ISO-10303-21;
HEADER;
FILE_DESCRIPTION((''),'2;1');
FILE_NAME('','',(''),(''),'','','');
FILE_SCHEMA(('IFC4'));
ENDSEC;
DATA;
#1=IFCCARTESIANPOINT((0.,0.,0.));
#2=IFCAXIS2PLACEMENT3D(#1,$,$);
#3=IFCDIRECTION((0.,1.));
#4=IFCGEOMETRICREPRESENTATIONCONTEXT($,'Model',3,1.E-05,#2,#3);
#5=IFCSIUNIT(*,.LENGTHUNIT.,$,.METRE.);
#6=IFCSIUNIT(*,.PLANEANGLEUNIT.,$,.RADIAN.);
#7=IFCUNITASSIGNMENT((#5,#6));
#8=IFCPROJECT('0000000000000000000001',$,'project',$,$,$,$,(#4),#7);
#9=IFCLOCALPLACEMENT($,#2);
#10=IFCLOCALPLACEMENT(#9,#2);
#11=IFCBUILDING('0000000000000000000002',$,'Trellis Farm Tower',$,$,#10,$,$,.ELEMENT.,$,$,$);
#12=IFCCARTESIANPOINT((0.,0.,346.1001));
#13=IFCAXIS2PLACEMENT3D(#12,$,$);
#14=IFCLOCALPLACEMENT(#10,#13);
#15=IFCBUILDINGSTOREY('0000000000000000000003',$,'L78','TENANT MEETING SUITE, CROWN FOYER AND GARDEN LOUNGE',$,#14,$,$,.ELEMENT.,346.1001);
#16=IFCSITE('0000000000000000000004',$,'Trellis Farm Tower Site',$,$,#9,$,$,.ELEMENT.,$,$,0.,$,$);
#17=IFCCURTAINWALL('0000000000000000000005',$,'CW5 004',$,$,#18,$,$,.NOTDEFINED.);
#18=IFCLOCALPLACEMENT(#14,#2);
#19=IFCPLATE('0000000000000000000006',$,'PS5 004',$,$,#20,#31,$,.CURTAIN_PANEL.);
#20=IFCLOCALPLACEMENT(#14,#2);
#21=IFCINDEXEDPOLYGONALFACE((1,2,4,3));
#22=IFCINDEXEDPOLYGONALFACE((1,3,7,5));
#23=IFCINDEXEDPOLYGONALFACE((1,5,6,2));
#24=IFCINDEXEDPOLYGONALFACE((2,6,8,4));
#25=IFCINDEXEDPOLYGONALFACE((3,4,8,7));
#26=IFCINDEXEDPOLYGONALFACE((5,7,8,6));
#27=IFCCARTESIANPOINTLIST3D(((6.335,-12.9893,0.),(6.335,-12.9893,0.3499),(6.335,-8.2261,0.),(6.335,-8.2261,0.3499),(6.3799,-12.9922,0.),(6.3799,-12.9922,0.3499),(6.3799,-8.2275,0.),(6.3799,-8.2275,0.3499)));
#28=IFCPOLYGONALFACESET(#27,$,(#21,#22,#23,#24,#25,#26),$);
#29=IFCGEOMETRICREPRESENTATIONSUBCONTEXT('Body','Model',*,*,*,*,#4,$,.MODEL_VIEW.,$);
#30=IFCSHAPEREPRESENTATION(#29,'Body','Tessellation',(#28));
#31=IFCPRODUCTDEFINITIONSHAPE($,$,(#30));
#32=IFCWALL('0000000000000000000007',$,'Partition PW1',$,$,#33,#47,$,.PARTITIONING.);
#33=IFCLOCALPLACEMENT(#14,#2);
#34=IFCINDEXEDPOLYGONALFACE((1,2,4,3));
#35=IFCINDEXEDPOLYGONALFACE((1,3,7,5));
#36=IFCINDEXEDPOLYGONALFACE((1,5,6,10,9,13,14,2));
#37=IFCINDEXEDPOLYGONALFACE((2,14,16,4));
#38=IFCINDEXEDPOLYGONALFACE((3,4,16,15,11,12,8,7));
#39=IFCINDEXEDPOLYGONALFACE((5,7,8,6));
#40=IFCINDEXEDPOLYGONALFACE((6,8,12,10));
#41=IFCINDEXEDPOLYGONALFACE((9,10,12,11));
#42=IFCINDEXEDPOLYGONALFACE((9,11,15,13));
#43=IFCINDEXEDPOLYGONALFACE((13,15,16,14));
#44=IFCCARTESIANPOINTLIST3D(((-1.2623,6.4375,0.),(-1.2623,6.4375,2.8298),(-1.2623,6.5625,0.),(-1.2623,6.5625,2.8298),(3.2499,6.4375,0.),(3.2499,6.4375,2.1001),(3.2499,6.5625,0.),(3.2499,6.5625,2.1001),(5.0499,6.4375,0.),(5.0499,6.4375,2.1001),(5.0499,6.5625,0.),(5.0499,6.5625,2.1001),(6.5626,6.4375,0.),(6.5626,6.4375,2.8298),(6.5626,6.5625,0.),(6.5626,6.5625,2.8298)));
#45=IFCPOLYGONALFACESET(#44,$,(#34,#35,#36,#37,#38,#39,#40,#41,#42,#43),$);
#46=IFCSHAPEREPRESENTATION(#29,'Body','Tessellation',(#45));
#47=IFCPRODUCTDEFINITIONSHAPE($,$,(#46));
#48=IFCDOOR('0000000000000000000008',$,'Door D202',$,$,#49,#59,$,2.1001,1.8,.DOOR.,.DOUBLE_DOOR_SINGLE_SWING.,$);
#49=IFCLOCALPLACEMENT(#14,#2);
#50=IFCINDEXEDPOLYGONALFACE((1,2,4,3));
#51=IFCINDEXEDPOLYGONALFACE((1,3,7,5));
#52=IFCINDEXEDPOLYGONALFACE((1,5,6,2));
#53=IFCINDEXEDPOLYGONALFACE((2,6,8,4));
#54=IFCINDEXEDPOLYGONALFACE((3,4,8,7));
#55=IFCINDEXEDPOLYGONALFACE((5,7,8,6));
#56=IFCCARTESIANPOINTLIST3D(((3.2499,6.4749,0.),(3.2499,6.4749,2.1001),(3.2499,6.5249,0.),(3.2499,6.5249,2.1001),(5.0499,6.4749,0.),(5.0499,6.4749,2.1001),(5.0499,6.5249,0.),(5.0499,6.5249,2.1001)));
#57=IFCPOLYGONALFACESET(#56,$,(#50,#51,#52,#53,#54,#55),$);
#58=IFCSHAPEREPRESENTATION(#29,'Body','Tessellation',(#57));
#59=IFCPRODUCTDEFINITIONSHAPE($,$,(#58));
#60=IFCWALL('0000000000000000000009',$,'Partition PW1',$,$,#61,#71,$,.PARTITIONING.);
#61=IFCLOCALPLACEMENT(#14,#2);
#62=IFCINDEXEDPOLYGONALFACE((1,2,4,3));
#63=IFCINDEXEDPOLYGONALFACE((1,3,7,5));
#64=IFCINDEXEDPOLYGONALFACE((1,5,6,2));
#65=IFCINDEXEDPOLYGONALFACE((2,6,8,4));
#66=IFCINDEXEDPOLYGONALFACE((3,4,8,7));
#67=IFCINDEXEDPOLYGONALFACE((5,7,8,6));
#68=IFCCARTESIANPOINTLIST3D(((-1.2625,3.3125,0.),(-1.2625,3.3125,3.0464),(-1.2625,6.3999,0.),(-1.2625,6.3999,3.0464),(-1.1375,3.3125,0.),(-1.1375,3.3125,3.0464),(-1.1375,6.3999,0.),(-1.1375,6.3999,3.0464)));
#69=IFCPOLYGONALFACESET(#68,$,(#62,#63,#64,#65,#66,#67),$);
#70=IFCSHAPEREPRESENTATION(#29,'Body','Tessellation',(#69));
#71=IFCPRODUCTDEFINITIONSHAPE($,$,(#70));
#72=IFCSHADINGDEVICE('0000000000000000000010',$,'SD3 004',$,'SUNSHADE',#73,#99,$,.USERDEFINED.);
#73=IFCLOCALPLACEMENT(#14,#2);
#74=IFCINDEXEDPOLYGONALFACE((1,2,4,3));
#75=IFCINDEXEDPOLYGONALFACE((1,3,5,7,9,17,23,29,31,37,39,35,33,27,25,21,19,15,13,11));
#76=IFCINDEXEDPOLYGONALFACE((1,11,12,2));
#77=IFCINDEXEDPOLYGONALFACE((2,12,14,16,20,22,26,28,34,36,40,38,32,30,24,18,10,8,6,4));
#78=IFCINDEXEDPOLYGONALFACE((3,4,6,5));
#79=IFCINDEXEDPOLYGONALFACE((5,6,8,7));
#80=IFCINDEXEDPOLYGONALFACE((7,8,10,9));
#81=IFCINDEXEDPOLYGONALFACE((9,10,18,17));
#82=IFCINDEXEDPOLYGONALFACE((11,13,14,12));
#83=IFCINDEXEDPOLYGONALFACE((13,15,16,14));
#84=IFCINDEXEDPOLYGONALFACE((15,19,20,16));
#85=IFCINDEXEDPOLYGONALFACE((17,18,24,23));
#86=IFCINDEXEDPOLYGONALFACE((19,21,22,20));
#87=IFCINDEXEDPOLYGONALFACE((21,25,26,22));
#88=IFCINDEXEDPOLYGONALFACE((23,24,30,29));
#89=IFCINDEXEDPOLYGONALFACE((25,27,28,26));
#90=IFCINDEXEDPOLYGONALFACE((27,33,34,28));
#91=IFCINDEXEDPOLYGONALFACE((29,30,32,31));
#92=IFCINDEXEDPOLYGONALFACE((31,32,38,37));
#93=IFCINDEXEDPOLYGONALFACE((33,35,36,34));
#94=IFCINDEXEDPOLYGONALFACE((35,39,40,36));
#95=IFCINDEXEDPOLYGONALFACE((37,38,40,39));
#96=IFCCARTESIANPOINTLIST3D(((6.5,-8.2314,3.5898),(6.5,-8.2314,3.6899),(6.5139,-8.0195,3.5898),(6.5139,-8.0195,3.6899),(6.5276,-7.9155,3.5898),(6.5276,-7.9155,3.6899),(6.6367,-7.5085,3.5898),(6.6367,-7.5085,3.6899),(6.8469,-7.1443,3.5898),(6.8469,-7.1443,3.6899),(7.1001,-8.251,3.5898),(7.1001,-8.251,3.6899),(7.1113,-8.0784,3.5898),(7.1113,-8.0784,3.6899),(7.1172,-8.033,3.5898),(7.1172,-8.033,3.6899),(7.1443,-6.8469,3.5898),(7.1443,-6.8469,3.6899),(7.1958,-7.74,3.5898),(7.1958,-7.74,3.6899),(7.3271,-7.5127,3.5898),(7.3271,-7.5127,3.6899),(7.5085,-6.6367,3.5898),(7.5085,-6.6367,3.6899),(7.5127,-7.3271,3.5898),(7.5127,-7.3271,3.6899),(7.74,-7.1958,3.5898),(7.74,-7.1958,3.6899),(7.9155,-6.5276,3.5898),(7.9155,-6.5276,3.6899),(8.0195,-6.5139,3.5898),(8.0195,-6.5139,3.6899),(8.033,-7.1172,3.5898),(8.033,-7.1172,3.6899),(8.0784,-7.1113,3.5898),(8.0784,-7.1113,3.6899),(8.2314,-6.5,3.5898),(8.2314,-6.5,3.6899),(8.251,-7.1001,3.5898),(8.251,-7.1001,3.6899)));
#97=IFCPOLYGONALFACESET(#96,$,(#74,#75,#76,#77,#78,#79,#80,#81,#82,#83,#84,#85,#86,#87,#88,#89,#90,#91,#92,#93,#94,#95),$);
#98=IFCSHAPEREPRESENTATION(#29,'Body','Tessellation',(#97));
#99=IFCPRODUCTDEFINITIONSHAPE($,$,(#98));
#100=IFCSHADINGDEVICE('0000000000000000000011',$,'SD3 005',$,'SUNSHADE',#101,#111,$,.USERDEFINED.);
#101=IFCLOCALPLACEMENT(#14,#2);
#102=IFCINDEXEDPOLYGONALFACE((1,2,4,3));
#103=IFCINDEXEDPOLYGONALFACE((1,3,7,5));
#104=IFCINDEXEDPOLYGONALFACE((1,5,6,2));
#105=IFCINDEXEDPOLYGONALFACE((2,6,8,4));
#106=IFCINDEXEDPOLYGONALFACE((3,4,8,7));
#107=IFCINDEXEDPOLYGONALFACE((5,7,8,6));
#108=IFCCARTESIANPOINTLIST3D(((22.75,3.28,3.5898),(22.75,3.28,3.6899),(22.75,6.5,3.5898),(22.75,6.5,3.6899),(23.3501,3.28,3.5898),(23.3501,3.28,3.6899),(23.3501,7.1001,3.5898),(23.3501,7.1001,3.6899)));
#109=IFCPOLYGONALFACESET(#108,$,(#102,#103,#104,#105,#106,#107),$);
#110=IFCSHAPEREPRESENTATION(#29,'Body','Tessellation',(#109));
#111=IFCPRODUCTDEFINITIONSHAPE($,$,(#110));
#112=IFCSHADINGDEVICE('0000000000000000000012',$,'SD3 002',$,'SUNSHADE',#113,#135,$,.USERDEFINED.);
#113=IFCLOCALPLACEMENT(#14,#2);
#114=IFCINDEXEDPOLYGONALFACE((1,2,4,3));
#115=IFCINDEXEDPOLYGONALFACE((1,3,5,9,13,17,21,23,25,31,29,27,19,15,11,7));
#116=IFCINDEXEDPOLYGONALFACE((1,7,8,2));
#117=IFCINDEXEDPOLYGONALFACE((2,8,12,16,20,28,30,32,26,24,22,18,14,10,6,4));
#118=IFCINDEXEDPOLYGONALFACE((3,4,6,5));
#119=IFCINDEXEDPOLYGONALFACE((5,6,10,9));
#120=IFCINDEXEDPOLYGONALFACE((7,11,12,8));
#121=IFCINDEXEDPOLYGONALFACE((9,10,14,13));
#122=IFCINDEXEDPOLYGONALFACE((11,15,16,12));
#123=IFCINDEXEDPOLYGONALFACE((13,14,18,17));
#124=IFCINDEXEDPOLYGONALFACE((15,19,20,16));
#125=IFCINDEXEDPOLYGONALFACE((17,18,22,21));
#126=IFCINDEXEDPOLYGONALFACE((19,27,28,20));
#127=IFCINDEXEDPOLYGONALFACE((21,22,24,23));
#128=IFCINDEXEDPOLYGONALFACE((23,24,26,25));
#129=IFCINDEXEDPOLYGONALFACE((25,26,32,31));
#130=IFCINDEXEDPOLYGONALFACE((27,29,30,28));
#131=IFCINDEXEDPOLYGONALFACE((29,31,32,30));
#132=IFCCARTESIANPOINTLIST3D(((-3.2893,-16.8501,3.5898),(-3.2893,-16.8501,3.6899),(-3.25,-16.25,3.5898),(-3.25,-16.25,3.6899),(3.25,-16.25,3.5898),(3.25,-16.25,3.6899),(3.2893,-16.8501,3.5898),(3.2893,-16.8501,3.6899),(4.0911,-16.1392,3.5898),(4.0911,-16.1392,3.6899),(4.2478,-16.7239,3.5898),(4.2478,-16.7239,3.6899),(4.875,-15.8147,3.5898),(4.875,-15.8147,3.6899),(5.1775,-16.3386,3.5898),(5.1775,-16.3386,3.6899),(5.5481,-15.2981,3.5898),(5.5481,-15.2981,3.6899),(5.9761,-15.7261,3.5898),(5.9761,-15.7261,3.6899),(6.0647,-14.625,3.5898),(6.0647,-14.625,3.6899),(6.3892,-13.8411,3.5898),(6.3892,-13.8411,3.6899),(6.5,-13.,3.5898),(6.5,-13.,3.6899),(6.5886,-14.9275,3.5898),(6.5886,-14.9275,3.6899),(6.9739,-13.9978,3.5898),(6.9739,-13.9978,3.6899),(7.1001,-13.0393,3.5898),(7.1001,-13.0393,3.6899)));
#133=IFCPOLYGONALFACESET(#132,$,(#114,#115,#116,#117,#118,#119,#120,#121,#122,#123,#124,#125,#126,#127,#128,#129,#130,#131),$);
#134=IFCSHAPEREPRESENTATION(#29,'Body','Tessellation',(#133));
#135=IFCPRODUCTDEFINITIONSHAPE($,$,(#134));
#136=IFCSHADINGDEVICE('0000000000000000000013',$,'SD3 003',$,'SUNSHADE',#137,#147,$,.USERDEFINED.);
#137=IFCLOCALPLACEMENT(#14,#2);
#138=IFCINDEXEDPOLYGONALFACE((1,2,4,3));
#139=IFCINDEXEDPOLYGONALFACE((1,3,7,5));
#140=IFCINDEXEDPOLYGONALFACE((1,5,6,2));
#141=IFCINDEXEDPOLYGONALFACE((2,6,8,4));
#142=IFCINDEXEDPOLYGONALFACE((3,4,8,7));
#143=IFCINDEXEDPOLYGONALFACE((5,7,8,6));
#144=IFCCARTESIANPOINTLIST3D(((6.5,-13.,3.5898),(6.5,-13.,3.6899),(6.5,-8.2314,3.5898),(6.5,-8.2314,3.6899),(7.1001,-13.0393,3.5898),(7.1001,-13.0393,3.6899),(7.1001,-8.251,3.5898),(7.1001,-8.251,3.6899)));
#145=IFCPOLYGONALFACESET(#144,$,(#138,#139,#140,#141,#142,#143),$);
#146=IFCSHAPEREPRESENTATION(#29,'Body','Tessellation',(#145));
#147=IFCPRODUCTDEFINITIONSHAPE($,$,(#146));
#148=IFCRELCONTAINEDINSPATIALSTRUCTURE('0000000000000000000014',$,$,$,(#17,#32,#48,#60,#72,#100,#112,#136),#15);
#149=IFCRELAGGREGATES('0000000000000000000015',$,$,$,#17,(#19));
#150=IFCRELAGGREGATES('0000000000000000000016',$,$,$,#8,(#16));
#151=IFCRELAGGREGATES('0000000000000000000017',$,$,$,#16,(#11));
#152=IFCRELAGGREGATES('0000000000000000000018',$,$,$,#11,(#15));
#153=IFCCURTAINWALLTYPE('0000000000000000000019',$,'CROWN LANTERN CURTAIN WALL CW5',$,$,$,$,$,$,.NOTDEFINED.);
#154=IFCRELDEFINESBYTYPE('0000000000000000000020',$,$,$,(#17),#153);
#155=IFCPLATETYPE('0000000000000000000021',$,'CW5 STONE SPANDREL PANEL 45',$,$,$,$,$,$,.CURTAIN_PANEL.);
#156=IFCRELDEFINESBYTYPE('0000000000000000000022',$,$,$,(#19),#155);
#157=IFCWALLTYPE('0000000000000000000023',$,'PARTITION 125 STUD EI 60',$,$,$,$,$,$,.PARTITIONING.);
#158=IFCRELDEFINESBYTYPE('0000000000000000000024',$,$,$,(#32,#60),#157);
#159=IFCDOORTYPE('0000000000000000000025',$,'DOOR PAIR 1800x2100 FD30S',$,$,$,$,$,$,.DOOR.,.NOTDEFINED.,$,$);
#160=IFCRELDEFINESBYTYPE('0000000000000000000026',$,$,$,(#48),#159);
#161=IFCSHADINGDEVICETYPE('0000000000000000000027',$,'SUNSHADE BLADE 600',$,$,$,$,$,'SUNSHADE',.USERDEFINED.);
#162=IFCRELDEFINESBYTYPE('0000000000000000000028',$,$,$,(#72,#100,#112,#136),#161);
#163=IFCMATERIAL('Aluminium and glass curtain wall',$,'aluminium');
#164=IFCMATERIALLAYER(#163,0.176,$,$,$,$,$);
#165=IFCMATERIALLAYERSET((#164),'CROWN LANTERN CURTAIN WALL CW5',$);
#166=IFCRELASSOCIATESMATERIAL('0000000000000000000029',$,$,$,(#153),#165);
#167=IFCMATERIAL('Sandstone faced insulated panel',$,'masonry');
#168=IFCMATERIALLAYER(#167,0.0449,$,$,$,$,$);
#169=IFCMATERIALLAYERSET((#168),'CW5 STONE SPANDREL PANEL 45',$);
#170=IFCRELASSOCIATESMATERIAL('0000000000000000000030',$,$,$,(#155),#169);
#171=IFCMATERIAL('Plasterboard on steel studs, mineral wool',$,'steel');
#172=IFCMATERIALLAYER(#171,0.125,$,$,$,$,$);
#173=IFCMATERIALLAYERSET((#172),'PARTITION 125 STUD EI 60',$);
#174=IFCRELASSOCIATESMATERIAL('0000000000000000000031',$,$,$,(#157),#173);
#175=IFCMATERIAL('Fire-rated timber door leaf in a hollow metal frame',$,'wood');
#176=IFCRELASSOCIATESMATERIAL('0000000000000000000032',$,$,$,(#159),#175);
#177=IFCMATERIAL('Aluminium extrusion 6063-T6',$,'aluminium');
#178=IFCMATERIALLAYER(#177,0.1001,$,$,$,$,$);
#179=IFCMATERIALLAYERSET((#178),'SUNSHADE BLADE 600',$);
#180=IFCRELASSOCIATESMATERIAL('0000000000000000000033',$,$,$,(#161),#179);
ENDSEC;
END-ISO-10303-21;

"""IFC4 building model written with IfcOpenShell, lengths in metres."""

from ifc_helpers import new_model, si_unit, direction, frame, frame_2d, origin, place, context, subcontext, project, spatial, polyline, rectangle, outline, extrude, source, transform, mapped, material, layer, layer_set, type_object, element, fill, aggregate, save


model = new_model("IFC4")

# Units and contexts
model_context = context("Model", 3, precision=1e-05, world=origin(), true_north=direction((0.0, 1.0)))
body_context = subcontext(model_context, "Body", "Model", "MODEL_VIEW")
ifc_project = project(units=[si_unit("LENGTHUNIT", "METRE"), si_unit("PLANEANGLEUNIT", "RADIAN")], contexts=[model_context])

# Site, building, storey
site_placement = place(None, origin())
site = spatial("IfcSite", under=ifc_project, at=site_placement, Name="Trellis Farm Tower Site", CompositionType="ELEMENT", RefElevation=0.0)
building_placement = place(site_placement, origin())
building = spatial("IfcBuilding", under=site, at=building_placement, Name="Trellis Farm Tower", CompositionType="ELEMENT")
storey_placement = place(building_placement, frame((0.0, 0.0, 346.1001)))
storey = spatial("IfcBuildingStorey", under=building, at=storey_placement, Name="L78", Description="TENANT MEETING SUITE, CROWN FOYER AND GARDEN LOUNGE", CompositionType="ELEMENT", Elevation=346.1001)

# Shared definitions
ifc_material_1 = material(Name="Aluminium and glass curtain wall", Category="aluminium")
ifc_layer_1 = layer(ifc_material_1, 0.176)
ifc_layer_set_1 = layer_set([ifc_layer_1], Name="CROWN LANTERN CURTAIN WALL CW5")
curtain_wall_type = type_object("IfcCurtainWallType", Name="CROWN LANTERN CURTAIN WALL CW5", PredefinedType="NOTDEFINED", material=ifc_layer_set_1)
placement_1 = place(storey_placement, origin())
ifc_material_2 = material(Name="Aluminium extrusion 6063-T6", Category="aluminium")

# Curtain wall
curtain_wall_1 = element("IfcCurtainWall", 1, at=placement_1, inside=storey, type_object=curtain_wall_type, Name="CW5 004", PredefinedType="NOTDEFINED")

# Shared definitions
ifc_material_3 = material(Name="Sandstone faced insulated panel", Category="masonry")
ifc_layer_2 = layer(ifc_material_3, 0.0449)
ifc_layer_set_2 = layer_set([ifc_layer_2], Name="CW5 STONE SPANDREL PANEL 45")
plate_type_1 = type_object("IfcPlateType", Name="CW5 STONE SPANDREL PANEL 45", PredefinedType="CURTAIN_PANEL", material=ifc_layer_set_2)

# Plate
shared_shape_1 = source(origin(), body_context, "Body", "SweptSolid", [
    extrude(outline(polyline([(6.3799, -12.9922), (6.3799, -8.2275), (6.335, -8.2261), (6.335, -12.9893), (6.3799, -12.9922)])), origin(), (0.0, 0.0, 1.0), 0.3499),
])
plate_1 = element("IfcPlate", 2, at=placement_1, type_object=plate_type_1, Name="PS5 004", PredefinedType="CURTAIN_PANEL", context=body_context, shape_type="MappedRepresentation", body=[
    mapped(shared_shape_1, transform((0.0, 0.0, 0.0))),
])
aggregate(curtain_wall_1, [plate_1])

# Wall, opening, door
ifc_material_4 = material(Name="Plasterboard on steel studs, mineral wool", Category="steel")
ifc_layer_3 = layer(ifc_material_4, 0.125)
ifc_layer_set_3 = layer_set([ifc_layer_3], Name="PARTITION 125 STUD EI 60")
wall_type = type_object("IfcWallType", Name="PARTITION 125 STUD EI 60", PredefinedType="PARTITIONING", material=ifc_layer_set_3)
shared_shape_2 = source(origin(), body_context, "Body", "SweptSolid", [
    extrude(rectangle(XDim=7.825, YDim=0.125, at=frame_2d((3.9126, 0.0))), origin(), (0.0, 0.0, 1.0), 2.8298),
])
wall_1_placement = place(storey_placement, frame((-1.2625, 6.5, 0.0), z_axis=(0.0, 0.0, 1.0), x_axis=(1.0, 0.0, 0.0)))
wall_1 = element("IfcWall", 3, at=wall_1_placement, inside=storey, type_object=wall_type, Name="Partition PW1", PredefinedType="PARTITIONING", context=body_context, shape_type="MappedRepresentation", body=[
    mapped(shared_shape_2, transform((0.0, 0.0, 0.0))),
])
shared_shape_3 = source(origin(), body_context, "Body", "SweptSolid", [
    extrude(rectangle(XDim=1.8, YDim=2.1001, at=frame_2d((0.8999, 1.05))), frame((0.0, 0.0725, 0.0), z_axis=(0.0, -1.0, 0.0), x_axis=(1.0, 0.0, 0.0)), (0.0, 0.0, 1.0), 0.145),
])
opening_placement = place(wall_1_placement, frame((4.5125, 0.0, 0.0)))
opening = element("IfcOpeningElement", 4, at=opening_placement, cuts=wall_1, PredefinedType="OPENING", context=body_context, shape_type="MappedRepresentation", body=[
    mapped(shared_shape_3, transform((0.0, 0.0, 0.0))),
])
ifc_material_5 = material(Name="Fire-rated timber door leaf in a hollow metal frame", Category="wood")
door_type = type_object("IfcDoorType", Name="DOOR PAIR 1800x2100 FD30S", OperationType="NOTDEFINED", PredefinedType="DOOR", material=ifc_material_5)
shared_shape_4 = source(origin(), body_context, "Body", "SweptSolid", [
    extrude(rectangle(XDim=1.8, YDim=2.1001, at=frame_2d((0.8999, 1.05))), frame((0.0, 0.0249, 0.0), z_axis=(0.0, -1.0, 0.0), x_axis=(1.0, 0.0, 0.0)), (0.0, 0.0, 1.0), 0.05),
])
door_placement = place(opening_placement, origin())
door = element("IfcDoor", 5, at=door_placement, inside=storey, type_object=door_type, Name="Door D202", OperationType="DOUBLE_DOOR_SINGLE_SWING", OverallHeight=2.1001, OverallWidth=1.8, PredefinedType="DOOR", context=body_context, shape_type="MappedRepresentation", body=[
    mapped(shared_shape_4, transform((0.0, 0.0, 0.0))),
])
fill(opening, door)

# Wall
shared_shape_5 = source(origin(), body_context, "Body", "SweptSolid", [
    extrude(rectangle(XDim=3.0874, YDim=0.125, at=frame_2d((1.5437, 0.0))), origin(), (0.0, 0.0, 1.0), 3.0464),
])
wall_2_placement = place(storey_placement, frame((-1.2, 6.3999, 0.0), z_axis=(0.0, 0.0, 1.0), x_axis=(0.0, -1.0, 0.0)))
element("IfcWall", 6, at=wall_2_placement, inside=storey, type_object=wall_type, Name="Partition PW1", PredefinedType="PARTITIONING", context=body_context, shape_type="MappedRepresentation", body=[
    mapped(shared_shape_5, transform((0.0, 0.0, 0.0))),
])

# Shading devices
ifc_layer_4 = layer(ifc_material_2, 0.1001)
ifc_layer_set_4 = layer_set([ifc_layer_4], Name="SUNSHADE BLADE 600")
shading_device_type = type_object("IfcShadingDeviceType", Name="SUNSHADE BLADE 600", ElementType="SUNSHADE", PredefinedType="USERDEFINED", material=ifc_layer_set_4)
shared_shape_6 = source(origin(), body_context, "Body", "SweptSolid", [
    extrude(outline(polyline([(7.1001, -8.251), (7.1113, -8.0784), (7.1172, -8.033), (7.1958, -7.74), (7.3271, -7.5127), (7.5127, -7.3271), (7.74, -7.1958), (8.033, -7.1172), (8.0784, -7.1113), (8.251, -7.1001), (8.2314, -6.5), (8.0195, -6.5139), (7.9155, -6.5276), (7.5085, -6.6367), (7.1443, -6.8469), (6.8469, -7.1443), (6.6367, -7.5085), (6.5276, -7.9155), (6.5139, -8.0195), (6.5, -8.2314), (7.1001, -8.251)])), origin(), (0.0, 0.0, 1.0), 0.1001),
])
placement_2 = place(storey_placement, frame((0.0, 0.0, 3.5898)))
element("IfcShadingDevice", 7, at=placement_2, inside=storey, type_object=shading_device_type, Name="SD3 004", ObjectType="SUNSHADE", PredefinedType="USERDEFINED", context=body_context, shape_type="MappedRepresentation", body=[
    mapped(shared_shape_6, transform((0.0, 0.0, 0.0))),
])
shared_shape_7 = source(origin(), body_context, "Body", "SweptSolid", [
    extrude(outline(polyline([(23.3501, 3.28), (23.3501, 7.1001), (22.75, 6.5), (22.75, 3.28), (23.3501, 3.28)])), origin(), (0.0, 0.0, 1.0), 0.1001),
])
element("IfcShadingDevice", 8, at=placement_2, inside=storey, type_object=shading_device_type, Name="SD3 005", ObjectType="SUNSHADE", PredefinedType="USERDEFINED", context=body_context, shape_type="MappedRepresentation", body=[
    mapped(shared_shape_7, transform((0.0, 0.0, 0.0))),
])
shared_shape_8 = source(origin(), body_context, "Body", "SweptSolid", [
    extrude(outline(polyline([(-3.2893, -16.8501), (3.2893, -16.8501), (4.2478, -16.7239), (5.1775, -16.3386), (5.9761, -15.7261), (6.5886, -14.9275), (6.9739, -13.9978), (7.1001, -13.0393), (6.5, -13.0), (6.3892, -13.8411), (6.0647, -14.625), (5.5481, -15.2981), (4.875, -15.8147), (4.0911, -16.1392), (3.25, -16.25), (-3.25, -16.25), (-3.2893, -16.8501)])), origin(), (0.0, 0.0, 1.0), 0.1001),
])
element("IfcShadingDevice", 9, at=placement_2, inside=storey, type_object=shading_device_type, Name="SD3 002", ObjectType="SUNSHADE", PredefinedType="USERDEFINED", context=body_context, shape_type="MappedRepresentation", body=[
    mapped(shared_shape_8, transform((0.0, 0.0, 0.0))),
])
shared_shape_9 = source(origin(), body_context, "Body", "SweptSolid", [
    extrude(outline(polyline([(7.1001, -13.0393), (7.1001, -8.251), (6.5, -8.2314), (6.5, -13.0), (7.1001, -13.0393)])), origin(), (0.0, 0.0, 1.0), 0.1001),
])
element("IfcShadingDevice", 10, at=placement_2, inside=storey, type_object=shading_device_type, Name="SD3 003", ObjectType="SUNSHADE", PredefinedType="USERDEFINED", context=body_context, shape_type="MappedRepresentation", body=[
    mapped(shared_shape_9, transform((0.0, 0.0, 0.0))),
])

save(model, "model.ifc")
